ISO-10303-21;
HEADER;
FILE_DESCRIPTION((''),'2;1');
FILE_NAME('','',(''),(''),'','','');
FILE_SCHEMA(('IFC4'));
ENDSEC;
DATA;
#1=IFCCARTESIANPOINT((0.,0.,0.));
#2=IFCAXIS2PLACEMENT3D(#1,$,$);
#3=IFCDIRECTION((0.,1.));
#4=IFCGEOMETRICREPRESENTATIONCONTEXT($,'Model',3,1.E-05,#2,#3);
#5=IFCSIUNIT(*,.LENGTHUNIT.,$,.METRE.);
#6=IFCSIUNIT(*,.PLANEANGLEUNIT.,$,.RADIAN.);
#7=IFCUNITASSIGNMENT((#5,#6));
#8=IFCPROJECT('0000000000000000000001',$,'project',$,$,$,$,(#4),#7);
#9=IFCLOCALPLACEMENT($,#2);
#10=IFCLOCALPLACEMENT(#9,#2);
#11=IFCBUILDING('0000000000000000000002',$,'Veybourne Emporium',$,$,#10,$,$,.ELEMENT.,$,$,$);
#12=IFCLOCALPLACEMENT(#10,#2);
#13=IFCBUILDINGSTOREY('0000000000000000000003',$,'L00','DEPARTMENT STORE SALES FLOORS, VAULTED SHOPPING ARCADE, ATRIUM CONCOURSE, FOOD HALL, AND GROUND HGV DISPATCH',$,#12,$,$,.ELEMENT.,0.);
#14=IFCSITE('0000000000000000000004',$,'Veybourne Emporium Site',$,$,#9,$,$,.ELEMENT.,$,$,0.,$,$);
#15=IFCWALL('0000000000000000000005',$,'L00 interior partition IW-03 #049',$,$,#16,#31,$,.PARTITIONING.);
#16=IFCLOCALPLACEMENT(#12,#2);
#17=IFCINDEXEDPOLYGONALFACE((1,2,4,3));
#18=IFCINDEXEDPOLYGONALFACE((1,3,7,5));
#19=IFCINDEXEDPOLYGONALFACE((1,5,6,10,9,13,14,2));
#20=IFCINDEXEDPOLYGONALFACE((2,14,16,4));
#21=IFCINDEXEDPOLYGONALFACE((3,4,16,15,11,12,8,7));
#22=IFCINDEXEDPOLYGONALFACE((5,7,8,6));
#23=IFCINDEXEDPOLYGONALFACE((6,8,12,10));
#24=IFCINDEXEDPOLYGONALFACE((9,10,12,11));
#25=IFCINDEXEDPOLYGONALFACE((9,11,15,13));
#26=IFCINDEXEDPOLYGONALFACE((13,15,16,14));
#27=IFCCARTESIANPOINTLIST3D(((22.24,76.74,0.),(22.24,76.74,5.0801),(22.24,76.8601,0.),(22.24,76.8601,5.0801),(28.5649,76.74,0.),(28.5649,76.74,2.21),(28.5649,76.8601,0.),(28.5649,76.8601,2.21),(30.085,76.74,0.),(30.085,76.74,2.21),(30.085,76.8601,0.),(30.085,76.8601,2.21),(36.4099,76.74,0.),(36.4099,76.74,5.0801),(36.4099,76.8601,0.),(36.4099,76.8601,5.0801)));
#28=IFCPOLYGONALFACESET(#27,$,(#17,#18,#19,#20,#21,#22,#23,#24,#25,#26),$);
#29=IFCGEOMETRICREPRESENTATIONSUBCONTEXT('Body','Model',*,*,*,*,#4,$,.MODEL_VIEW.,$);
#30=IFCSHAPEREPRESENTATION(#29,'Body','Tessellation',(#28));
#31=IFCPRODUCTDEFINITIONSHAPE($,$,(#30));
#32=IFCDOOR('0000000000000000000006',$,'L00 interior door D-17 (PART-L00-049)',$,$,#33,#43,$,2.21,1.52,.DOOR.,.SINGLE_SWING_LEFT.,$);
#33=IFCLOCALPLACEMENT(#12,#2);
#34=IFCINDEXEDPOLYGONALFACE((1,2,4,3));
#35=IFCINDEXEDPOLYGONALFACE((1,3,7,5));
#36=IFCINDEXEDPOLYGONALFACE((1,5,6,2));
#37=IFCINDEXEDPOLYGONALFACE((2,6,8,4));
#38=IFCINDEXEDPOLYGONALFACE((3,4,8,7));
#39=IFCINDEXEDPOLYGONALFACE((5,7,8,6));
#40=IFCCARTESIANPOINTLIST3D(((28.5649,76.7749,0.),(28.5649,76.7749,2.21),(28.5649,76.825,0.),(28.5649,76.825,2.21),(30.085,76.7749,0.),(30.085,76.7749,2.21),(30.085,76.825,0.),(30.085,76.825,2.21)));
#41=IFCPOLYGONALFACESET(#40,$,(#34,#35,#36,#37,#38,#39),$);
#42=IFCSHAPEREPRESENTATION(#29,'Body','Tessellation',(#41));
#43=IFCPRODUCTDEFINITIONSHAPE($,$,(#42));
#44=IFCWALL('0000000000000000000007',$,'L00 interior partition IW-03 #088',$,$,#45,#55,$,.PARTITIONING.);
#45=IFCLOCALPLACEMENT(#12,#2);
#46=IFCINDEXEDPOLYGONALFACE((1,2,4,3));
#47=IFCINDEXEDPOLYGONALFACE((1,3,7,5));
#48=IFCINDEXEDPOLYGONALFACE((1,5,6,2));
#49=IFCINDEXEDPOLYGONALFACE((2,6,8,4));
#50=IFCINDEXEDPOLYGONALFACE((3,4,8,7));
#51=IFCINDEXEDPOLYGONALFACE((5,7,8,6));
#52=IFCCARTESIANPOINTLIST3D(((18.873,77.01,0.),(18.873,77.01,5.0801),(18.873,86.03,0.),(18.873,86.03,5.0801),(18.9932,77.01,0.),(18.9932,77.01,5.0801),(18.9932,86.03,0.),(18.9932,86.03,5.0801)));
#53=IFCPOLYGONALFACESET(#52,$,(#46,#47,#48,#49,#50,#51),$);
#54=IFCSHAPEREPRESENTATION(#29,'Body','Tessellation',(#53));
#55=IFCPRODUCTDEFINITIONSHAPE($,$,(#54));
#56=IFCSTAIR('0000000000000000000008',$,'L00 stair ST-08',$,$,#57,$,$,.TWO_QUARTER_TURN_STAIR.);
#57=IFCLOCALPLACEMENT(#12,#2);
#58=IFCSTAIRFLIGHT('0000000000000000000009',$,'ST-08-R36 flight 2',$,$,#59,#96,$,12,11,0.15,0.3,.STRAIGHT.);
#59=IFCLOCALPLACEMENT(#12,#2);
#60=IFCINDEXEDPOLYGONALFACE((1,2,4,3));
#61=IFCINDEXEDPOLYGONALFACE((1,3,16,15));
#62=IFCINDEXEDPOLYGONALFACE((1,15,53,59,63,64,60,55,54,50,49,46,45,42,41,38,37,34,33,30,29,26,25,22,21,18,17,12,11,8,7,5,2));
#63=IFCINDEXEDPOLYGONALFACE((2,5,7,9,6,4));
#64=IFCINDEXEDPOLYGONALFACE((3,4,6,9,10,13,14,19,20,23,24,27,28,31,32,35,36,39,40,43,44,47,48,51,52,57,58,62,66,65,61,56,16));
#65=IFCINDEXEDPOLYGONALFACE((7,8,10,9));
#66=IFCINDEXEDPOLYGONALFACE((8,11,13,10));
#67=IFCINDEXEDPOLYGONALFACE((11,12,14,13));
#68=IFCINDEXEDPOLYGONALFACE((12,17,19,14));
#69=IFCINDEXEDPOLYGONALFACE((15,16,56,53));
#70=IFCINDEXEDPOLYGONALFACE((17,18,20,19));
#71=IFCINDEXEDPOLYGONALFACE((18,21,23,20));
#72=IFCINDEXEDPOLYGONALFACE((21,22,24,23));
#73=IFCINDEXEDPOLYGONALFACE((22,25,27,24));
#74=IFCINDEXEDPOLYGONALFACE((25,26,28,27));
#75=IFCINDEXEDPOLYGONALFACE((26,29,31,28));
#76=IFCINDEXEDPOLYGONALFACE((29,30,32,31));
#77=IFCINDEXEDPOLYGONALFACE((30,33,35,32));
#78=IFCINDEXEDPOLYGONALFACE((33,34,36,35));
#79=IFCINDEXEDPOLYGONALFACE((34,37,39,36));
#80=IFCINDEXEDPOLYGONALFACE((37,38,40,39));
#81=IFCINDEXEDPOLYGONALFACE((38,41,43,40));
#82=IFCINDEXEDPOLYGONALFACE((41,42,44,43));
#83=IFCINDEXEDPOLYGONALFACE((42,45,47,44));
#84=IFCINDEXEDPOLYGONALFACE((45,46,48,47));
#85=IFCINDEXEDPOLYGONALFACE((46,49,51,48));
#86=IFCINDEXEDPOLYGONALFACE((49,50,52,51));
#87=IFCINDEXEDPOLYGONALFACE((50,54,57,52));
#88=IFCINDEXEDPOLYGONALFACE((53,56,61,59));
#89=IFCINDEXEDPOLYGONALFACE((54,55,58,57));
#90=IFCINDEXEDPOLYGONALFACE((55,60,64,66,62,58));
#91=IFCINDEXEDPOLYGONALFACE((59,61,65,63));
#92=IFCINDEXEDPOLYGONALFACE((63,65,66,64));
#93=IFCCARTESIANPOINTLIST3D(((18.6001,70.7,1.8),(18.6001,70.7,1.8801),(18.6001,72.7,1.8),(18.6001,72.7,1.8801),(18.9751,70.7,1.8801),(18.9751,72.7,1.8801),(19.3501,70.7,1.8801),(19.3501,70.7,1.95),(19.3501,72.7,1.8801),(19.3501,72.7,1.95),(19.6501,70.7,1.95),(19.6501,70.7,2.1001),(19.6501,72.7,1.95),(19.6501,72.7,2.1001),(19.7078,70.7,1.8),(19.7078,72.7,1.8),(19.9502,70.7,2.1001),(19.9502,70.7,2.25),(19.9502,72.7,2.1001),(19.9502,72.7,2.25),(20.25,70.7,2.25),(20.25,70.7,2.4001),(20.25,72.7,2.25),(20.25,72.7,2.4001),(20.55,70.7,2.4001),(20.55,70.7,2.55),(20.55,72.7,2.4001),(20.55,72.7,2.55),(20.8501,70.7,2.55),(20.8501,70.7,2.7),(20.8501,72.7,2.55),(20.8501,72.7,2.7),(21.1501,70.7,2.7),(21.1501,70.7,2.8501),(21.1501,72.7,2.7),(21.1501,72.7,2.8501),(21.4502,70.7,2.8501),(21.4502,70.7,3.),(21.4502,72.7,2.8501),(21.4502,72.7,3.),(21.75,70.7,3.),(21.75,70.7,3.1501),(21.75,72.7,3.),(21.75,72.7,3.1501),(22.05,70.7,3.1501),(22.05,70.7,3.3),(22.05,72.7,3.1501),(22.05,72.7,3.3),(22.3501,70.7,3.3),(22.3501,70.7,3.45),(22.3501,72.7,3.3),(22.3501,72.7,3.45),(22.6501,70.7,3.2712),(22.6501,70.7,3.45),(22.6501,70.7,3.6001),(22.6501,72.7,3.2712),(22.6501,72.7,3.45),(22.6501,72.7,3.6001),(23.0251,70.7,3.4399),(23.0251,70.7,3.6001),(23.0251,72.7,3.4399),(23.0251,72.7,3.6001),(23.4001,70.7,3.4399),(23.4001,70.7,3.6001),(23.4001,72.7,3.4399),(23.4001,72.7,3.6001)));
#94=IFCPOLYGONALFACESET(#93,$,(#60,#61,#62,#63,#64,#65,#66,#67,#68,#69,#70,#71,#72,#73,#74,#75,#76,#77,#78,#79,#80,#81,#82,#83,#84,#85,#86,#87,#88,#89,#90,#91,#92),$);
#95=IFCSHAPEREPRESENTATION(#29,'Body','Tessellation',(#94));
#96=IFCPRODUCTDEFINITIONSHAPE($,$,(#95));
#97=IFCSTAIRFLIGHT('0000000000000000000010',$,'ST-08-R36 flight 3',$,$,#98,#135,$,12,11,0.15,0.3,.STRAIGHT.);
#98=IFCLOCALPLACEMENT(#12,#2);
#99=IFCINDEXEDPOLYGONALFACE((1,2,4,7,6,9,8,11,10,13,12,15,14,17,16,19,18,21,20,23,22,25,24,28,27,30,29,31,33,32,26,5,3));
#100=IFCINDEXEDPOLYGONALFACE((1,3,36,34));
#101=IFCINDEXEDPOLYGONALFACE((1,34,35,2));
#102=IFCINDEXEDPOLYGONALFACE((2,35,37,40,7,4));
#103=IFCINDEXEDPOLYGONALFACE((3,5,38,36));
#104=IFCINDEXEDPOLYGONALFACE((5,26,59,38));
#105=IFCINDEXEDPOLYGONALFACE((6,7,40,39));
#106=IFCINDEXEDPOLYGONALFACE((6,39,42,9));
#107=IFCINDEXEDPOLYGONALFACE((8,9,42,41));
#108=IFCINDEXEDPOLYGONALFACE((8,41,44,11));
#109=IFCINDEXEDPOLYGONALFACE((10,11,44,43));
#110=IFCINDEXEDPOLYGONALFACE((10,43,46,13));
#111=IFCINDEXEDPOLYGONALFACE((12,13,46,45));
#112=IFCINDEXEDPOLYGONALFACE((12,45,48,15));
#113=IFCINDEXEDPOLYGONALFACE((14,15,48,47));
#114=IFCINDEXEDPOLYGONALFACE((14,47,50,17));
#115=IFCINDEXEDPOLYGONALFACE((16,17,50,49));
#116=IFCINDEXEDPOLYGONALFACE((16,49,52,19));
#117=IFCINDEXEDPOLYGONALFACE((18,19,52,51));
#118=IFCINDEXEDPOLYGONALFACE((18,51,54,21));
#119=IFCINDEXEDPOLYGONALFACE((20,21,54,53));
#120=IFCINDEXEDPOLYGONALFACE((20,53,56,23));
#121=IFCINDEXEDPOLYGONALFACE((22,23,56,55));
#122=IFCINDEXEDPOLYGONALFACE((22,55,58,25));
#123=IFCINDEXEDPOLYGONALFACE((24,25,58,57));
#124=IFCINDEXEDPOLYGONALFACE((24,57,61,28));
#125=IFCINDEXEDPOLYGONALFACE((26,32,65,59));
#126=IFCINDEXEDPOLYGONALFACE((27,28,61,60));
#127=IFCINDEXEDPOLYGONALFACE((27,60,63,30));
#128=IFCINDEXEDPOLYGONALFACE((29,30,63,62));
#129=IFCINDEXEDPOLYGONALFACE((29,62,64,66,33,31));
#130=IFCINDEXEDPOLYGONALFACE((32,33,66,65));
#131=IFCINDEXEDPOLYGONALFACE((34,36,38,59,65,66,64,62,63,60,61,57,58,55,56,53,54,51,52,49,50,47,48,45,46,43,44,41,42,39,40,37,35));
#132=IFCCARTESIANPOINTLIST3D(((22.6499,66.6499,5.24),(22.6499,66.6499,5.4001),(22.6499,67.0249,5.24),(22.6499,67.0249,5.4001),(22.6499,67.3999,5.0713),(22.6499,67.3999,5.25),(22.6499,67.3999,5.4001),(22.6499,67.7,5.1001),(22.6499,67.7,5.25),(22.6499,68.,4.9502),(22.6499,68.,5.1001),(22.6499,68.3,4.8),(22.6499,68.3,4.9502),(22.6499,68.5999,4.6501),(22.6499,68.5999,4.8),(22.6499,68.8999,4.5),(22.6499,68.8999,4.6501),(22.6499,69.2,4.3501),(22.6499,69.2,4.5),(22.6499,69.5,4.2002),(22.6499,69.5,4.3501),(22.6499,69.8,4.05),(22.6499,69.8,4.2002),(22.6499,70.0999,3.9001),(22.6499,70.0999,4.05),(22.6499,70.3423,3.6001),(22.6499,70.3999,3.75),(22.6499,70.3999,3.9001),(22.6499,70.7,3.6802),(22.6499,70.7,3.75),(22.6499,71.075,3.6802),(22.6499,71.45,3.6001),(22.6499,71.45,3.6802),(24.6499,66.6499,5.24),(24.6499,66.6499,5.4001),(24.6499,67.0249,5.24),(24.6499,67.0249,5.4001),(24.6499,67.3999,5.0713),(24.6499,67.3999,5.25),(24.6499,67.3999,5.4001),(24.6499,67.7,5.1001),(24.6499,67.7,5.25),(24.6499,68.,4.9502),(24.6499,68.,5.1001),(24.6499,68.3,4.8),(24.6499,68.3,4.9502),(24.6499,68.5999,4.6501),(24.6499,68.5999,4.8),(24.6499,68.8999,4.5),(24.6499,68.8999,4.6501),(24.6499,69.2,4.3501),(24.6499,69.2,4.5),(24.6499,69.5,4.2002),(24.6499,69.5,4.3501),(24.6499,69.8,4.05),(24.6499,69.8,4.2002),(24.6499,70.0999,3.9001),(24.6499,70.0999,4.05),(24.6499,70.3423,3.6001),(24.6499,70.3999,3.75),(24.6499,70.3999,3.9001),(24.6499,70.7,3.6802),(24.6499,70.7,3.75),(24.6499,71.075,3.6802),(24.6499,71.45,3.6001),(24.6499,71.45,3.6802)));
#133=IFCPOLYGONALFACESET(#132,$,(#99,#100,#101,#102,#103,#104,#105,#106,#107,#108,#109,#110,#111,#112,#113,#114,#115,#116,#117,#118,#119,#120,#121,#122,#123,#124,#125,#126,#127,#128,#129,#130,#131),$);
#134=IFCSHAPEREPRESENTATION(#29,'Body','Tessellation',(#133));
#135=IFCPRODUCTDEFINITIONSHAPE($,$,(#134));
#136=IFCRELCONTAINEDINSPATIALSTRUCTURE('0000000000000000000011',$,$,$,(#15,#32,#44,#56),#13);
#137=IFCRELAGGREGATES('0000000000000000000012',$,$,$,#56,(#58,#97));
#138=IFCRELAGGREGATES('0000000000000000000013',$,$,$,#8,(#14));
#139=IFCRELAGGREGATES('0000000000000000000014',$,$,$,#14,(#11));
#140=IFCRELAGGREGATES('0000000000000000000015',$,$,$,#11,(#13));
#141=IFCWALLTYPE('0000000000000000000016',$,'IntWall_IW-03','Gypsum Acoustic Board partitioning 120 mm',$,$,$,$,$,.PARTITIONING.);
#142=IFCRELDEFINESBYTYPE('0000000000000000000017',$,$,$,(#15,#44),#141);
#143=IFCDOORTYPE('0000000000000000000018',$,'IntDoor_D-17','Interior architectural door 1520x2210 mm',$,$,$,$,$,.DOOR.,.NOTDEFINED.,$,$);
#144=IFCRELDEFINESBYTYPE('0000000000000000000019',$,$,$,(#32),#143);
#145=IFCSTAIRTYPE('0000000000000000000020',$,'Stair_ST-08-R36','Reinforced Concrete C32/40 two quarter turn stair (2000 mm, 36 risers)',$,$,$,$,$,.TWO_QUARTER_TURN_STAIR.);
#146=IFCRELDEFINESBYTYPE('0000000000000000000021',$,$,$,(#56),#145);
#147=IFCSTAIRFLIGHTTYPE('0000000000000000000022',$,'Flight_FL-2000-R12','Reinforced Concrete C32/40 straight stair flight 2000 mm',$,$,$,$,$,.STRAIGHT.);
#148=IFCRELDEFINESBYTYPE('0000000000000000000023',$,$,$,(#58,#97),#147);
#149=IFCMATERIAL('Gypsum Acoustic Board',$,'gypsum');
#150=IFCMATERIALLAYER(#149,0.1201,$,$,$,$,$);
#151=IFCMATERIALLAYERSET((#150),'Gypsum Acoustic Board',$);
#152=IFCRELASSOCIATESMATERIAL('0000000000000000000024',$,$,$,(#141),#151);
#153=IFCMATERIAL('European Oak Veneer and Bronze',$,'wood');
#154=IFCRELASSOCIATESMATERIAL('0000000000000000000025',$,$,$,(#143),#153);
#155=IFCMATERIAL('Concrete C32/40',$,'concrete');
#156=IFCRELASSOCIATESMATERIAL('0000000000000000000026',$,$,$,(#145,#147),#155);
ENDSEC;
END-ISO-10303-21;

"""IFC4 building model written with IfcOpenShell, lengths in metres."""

from ifc_helpers import new_model, si_unit, direction, frame, frame_2d, origin, place, context, subcontext, project, spatial, polyline, rectangle, outline, extrude, material, layer, layer_set, type_object, element, fill, aggregate, save


model = new_model("IFC4")

# Units and contexts
model_context = context("Model", 3, precision=1e-05, world=origin(), true_north=direction((0.0, 1.0)))
body_context = subcontext(model_context, "Body", "Model", "MODEL_VIEW")
ifc_project = project(units=[si_unit("LENGTHUNIT", "METRE"), si_unit("PLANEANGLEUNIT", "RADIAN")], contexts=[model_context])

# Site, building, storey
site_placement = place(None, origin())
site = spatial("IfcSite", under=ifc_project, at=site_placement, Name="Veybourne Emporium Site", CompositionType="ELEMENT", RefElevation=0.0)
building_placement = place(site_placement, origin())
building = spatial("IfcBuilding", under=site, at=building_placement, Name="Veybourne Emporium", CompositionType="ELEMENT")
storey_placement = place(building_placement, origin())
storey = spatial("IfcBuildingStorey", under=building, at=storey_placement, Name="L00", Description="DEPARTMENT STORE SALES FLOORS, VAULTED SHOPPING ARCADE, ATRIUM CONCOURSE, FOOD HALL, AND GROUND HGV DISPATCH", CompositionType="ELEMENT", Elevation=0.0)

# Shared definitions
ifc_material_1 = material(Name="Concrete C32/40", Category="concrete")

# Shared definitions
ifc_material_2 = material(Name="Gypsum Acoustic Board", Category="gypsum")
ifc_material_3 = material(Name="European Oak Veneer and Bronze", Category="wood")

# Wall, opening, door
ifc_layer_1 = layer(ifc_material_2, 0.1201)
ifc_layer_set_1 = layer_set([ifc_layer_1], Name="Gypsum Acoustic Board")
wall_type_1 = type_object("IfcWallType", Name="IntWall_IW-03", Description="Gypsum Acoustic Board partitioning 120 mm", PredefinedType="PARTITIONING", material=ifc_layer_set_1)
wall_1_placement = place(storey_placement, frame((22.24, 76.8, 0.0), z_axis=(0.0, 0.0, 1.0), x_axis=(1.0, 0.0, 0.0)))
wall_1 = element("IfcWall", 1, at=wall_1_placement, inside=storey, type_object=wall_type_1, Name="L00 interior partition IW-03 #049", PredefinedType="PARTITIONING", context=body_context, shape_type="SweptSolid", body=[
    extrude(rectangle(XDim=14.1699, YDim=0.1201, at=frame_2d((7.085, 0.0))), origin(), (0.0, 0.0, 1.0), 5.0801),
])
opening_1_placement = place(wall_1_placement, frame((6.325, 0.0, 0.0)))
opening_1 = element("IfcOpeningElement", 2, at=opening_1_placement, cuts=wall_1, PredefinedType="OPENING", context=body_context, shape_type="SweptSolid", body=[
    extrude(rectangle(XDim=1.52, YDim=2.21, at=frame_2d((0.76, 1.105))), frame((0.0, 0.0801, 0.0), z_axis=(0.0, -1.0, 0.0), x_axis=(1.0, 0.0, 0.0)), (0.0, 0.0, 1.0), 0.1602),
])
door_type_1 = type_object("IfcDoorType", Name="IntDoor_D-17", Description="Interior architectural door 1520x2210 mm", OperationType="NOTDEFINED", PredefinedType="DOOR", material=ifc_material_3)
door_1_placement = place(opening_1_placement, origin())
door_1 = element("IfcDoor", 3, at=door_1_placement, inside=storey, type_object=door_type_1, Name="L00 interior door D-17 (PART-L00-049)", OperationType="SINGLE_SWING_LEFT", OverallHeight=2.21, OverallWidth=1.52, PredefinedType="DOOR", context=body_context, shape_type="SweptSolid", body=[
    extrude(rectangle(XDim=1.52, YDim=2.21, at=frame_2d((0.76, 1.105))), frame((0.0, 0.0249, 0.0), z_axis=(0.0, -1.0, 0.0), x_axis=(1.0, 0.0, 0.0)), (0.0, 0.0, 1.0), 0.05),
])
fill(opening_1, door_1)

# Wall
wall_2_placement = place(storey_placement, frame((18.9331, 77.01, 0.0), z_axis=(0.0, 0.0, 1.0), x_axis=(0.0, 1.0, 0.0)))
element("IfcWall", 4, at=wall_2_placement, inside=storey, type_object=wall_type_1, Name="L00 interior partition IW-03 #088", PredefinedType="PARTITIONING", context=body_context, shape_type="SweptSolid", body=[
    extrude(rectangle(XDim=9.02, YDim=0.1201, at=frame_2d((4.51, 0.0))), origin(), (0.0, 0.0, 1.0), 5.0801),
])

# Stair, stair flights
stair_type = type_object("IfcStairType", Name="Stair_ST-08-R36", Description="Reinforced Concrete C32/40 two quarter turn stair (2000 mm, 36 risers)", PredefinedType="TWO_QUARTER_TURN_STAIR", material=ifc_material_1)
stair_placement = place(storey_placement, origin())
stair = element("IfcStair", 5, at=stair_placement, inside=storey, type_object=stair_type, Name="L00 stair ST-08", PredefinedType="TWO_QUARTER_TURN_STAIR")
stair_flight_type = type_object("IfcStairFlightType", Name="Flight_FL-2000-R12", Description="Reinforced Concrete C32/40 straight stair flight 2000 mm", PredefinedType="STRAIGHT", material=ifc_material_1)
stair_flight_1_placement = place(storey_placement, frame((19.3501, 71.7, 1.8), z_axis=(0.0, 0.0, 1.0), x_axis=(1.0, 0.0, 0.0)))
stair_flight_1 = element("IfcStairFlight", 6, at=stair_flight_1_placement, type_object=stair_flight_type, Name="ST-08-R36 flight 2", NumberOfRisers=12, NumberOfTreads=11, PredefinedType="STRAIGHT", RiserHeight=0.15, TreadLength=0.3, context=body_context, shape_type="SweptSolid", body=[
    extrude(outline(polyline([(-0.75, 0.0), (-0.75, 0.0801), (-0.375, 0.0801), (0.0, 0.0801), (0.0, 0.1499), (0.3, 0.1499), (0.3, 0.3), (0.6001, 0.3), (0.6001, 0.45), (0.8999, 0.45), (0.8999, 0.6001), (1.2, 0.6001), (1.2, 0.75), (1.5, 0.75), (1.5, 0.8999), (1.8, 0.8999), (1.8, 1.05), (2.1001, 1.05), (2.1001, 1.2), (2.3999, 1.2), (2.3999, 1.3501), (2.7, 1.3501), (2.7, 1.5), (3.0, 1.5), (3.0, 1.6499), (3.3, 1.6499), (3.3, 1.8), (3.675, 1.8), (4.05, 1.8), (4.05, 1.6399), (3.675, 1.6399), (3.3, 1.4712), (0.3577, 0.0), (-0.75, 0.0)])), frame((0.0, 1.0, 0.0), z_axis=(0.0, -1.0, 0.0), x_axis=(1.0, 0.0, 0.0)), (0.0, 0.0, 1.0), 2.0),
])
stair_flight_2_placement = place(storey_placement, frame((23.6499, 70.7, 3.6001), z_axis=(0.0, 0.0, 1.0), x_axis=(0.0, -1.0, 0.0)))
stair_flight_2 = element("IfcStairFlight", 7, at=stair_flight_2_placement, type_object=stair_flight_type, Name="ST-08-R36 flight 3", NumberOfRisers=12, NumberOfTreads=11, PredefinedType="STRAIGHT", RiserHeight=0.15, TreadLength=0.3, context=body_context, shape_type="SweptSolid", body=[
    extrude(outline(polyline([(-0.75, 0.0), (-0.75, 0.0801), (-0.375, 0.0801), (0.0, 0.0801), (0.0, 0.1499), (0.3, 0.1499), (0.3, 0.3), (0.6001, 0.3), (0.6001, 0.45), (0.8999, 0.45), (0.8999, 0.6001), (1.2, 0.6001), (1.2, 0.75), (1.5, 0.75), (1.5, 0.8999), (1.8, 0.8999), (1.8, 1.05), (2.1001, 1.05), (2.1001, 1.2), (2.3999, 1.2), (2.3999, 1.3501), (2.7, 1.3501), (2.7, 1.5), (3.0, 1.5), (3.0, 1.6499), (3.3, 1.6499), (3.3, 1.8), (3.675, 1.8), (4.05, 1.8), (4.05, 1.6399), (3.675, 1.6399), (3.3, 1.4712), (0.3577, 0.0), (-0.75, 0.0)])), frame((0.0, 1.0, 0.0), z_axis=(0.0, -1.0, 0.0), x_axis=(1.0, 0.0, 0.0)), (0.0, 0.0, 1.0), 2.0),
])
aggregate(stair, [stair_flight_1, stair_flight_2])

save(model, "model.ifc")
